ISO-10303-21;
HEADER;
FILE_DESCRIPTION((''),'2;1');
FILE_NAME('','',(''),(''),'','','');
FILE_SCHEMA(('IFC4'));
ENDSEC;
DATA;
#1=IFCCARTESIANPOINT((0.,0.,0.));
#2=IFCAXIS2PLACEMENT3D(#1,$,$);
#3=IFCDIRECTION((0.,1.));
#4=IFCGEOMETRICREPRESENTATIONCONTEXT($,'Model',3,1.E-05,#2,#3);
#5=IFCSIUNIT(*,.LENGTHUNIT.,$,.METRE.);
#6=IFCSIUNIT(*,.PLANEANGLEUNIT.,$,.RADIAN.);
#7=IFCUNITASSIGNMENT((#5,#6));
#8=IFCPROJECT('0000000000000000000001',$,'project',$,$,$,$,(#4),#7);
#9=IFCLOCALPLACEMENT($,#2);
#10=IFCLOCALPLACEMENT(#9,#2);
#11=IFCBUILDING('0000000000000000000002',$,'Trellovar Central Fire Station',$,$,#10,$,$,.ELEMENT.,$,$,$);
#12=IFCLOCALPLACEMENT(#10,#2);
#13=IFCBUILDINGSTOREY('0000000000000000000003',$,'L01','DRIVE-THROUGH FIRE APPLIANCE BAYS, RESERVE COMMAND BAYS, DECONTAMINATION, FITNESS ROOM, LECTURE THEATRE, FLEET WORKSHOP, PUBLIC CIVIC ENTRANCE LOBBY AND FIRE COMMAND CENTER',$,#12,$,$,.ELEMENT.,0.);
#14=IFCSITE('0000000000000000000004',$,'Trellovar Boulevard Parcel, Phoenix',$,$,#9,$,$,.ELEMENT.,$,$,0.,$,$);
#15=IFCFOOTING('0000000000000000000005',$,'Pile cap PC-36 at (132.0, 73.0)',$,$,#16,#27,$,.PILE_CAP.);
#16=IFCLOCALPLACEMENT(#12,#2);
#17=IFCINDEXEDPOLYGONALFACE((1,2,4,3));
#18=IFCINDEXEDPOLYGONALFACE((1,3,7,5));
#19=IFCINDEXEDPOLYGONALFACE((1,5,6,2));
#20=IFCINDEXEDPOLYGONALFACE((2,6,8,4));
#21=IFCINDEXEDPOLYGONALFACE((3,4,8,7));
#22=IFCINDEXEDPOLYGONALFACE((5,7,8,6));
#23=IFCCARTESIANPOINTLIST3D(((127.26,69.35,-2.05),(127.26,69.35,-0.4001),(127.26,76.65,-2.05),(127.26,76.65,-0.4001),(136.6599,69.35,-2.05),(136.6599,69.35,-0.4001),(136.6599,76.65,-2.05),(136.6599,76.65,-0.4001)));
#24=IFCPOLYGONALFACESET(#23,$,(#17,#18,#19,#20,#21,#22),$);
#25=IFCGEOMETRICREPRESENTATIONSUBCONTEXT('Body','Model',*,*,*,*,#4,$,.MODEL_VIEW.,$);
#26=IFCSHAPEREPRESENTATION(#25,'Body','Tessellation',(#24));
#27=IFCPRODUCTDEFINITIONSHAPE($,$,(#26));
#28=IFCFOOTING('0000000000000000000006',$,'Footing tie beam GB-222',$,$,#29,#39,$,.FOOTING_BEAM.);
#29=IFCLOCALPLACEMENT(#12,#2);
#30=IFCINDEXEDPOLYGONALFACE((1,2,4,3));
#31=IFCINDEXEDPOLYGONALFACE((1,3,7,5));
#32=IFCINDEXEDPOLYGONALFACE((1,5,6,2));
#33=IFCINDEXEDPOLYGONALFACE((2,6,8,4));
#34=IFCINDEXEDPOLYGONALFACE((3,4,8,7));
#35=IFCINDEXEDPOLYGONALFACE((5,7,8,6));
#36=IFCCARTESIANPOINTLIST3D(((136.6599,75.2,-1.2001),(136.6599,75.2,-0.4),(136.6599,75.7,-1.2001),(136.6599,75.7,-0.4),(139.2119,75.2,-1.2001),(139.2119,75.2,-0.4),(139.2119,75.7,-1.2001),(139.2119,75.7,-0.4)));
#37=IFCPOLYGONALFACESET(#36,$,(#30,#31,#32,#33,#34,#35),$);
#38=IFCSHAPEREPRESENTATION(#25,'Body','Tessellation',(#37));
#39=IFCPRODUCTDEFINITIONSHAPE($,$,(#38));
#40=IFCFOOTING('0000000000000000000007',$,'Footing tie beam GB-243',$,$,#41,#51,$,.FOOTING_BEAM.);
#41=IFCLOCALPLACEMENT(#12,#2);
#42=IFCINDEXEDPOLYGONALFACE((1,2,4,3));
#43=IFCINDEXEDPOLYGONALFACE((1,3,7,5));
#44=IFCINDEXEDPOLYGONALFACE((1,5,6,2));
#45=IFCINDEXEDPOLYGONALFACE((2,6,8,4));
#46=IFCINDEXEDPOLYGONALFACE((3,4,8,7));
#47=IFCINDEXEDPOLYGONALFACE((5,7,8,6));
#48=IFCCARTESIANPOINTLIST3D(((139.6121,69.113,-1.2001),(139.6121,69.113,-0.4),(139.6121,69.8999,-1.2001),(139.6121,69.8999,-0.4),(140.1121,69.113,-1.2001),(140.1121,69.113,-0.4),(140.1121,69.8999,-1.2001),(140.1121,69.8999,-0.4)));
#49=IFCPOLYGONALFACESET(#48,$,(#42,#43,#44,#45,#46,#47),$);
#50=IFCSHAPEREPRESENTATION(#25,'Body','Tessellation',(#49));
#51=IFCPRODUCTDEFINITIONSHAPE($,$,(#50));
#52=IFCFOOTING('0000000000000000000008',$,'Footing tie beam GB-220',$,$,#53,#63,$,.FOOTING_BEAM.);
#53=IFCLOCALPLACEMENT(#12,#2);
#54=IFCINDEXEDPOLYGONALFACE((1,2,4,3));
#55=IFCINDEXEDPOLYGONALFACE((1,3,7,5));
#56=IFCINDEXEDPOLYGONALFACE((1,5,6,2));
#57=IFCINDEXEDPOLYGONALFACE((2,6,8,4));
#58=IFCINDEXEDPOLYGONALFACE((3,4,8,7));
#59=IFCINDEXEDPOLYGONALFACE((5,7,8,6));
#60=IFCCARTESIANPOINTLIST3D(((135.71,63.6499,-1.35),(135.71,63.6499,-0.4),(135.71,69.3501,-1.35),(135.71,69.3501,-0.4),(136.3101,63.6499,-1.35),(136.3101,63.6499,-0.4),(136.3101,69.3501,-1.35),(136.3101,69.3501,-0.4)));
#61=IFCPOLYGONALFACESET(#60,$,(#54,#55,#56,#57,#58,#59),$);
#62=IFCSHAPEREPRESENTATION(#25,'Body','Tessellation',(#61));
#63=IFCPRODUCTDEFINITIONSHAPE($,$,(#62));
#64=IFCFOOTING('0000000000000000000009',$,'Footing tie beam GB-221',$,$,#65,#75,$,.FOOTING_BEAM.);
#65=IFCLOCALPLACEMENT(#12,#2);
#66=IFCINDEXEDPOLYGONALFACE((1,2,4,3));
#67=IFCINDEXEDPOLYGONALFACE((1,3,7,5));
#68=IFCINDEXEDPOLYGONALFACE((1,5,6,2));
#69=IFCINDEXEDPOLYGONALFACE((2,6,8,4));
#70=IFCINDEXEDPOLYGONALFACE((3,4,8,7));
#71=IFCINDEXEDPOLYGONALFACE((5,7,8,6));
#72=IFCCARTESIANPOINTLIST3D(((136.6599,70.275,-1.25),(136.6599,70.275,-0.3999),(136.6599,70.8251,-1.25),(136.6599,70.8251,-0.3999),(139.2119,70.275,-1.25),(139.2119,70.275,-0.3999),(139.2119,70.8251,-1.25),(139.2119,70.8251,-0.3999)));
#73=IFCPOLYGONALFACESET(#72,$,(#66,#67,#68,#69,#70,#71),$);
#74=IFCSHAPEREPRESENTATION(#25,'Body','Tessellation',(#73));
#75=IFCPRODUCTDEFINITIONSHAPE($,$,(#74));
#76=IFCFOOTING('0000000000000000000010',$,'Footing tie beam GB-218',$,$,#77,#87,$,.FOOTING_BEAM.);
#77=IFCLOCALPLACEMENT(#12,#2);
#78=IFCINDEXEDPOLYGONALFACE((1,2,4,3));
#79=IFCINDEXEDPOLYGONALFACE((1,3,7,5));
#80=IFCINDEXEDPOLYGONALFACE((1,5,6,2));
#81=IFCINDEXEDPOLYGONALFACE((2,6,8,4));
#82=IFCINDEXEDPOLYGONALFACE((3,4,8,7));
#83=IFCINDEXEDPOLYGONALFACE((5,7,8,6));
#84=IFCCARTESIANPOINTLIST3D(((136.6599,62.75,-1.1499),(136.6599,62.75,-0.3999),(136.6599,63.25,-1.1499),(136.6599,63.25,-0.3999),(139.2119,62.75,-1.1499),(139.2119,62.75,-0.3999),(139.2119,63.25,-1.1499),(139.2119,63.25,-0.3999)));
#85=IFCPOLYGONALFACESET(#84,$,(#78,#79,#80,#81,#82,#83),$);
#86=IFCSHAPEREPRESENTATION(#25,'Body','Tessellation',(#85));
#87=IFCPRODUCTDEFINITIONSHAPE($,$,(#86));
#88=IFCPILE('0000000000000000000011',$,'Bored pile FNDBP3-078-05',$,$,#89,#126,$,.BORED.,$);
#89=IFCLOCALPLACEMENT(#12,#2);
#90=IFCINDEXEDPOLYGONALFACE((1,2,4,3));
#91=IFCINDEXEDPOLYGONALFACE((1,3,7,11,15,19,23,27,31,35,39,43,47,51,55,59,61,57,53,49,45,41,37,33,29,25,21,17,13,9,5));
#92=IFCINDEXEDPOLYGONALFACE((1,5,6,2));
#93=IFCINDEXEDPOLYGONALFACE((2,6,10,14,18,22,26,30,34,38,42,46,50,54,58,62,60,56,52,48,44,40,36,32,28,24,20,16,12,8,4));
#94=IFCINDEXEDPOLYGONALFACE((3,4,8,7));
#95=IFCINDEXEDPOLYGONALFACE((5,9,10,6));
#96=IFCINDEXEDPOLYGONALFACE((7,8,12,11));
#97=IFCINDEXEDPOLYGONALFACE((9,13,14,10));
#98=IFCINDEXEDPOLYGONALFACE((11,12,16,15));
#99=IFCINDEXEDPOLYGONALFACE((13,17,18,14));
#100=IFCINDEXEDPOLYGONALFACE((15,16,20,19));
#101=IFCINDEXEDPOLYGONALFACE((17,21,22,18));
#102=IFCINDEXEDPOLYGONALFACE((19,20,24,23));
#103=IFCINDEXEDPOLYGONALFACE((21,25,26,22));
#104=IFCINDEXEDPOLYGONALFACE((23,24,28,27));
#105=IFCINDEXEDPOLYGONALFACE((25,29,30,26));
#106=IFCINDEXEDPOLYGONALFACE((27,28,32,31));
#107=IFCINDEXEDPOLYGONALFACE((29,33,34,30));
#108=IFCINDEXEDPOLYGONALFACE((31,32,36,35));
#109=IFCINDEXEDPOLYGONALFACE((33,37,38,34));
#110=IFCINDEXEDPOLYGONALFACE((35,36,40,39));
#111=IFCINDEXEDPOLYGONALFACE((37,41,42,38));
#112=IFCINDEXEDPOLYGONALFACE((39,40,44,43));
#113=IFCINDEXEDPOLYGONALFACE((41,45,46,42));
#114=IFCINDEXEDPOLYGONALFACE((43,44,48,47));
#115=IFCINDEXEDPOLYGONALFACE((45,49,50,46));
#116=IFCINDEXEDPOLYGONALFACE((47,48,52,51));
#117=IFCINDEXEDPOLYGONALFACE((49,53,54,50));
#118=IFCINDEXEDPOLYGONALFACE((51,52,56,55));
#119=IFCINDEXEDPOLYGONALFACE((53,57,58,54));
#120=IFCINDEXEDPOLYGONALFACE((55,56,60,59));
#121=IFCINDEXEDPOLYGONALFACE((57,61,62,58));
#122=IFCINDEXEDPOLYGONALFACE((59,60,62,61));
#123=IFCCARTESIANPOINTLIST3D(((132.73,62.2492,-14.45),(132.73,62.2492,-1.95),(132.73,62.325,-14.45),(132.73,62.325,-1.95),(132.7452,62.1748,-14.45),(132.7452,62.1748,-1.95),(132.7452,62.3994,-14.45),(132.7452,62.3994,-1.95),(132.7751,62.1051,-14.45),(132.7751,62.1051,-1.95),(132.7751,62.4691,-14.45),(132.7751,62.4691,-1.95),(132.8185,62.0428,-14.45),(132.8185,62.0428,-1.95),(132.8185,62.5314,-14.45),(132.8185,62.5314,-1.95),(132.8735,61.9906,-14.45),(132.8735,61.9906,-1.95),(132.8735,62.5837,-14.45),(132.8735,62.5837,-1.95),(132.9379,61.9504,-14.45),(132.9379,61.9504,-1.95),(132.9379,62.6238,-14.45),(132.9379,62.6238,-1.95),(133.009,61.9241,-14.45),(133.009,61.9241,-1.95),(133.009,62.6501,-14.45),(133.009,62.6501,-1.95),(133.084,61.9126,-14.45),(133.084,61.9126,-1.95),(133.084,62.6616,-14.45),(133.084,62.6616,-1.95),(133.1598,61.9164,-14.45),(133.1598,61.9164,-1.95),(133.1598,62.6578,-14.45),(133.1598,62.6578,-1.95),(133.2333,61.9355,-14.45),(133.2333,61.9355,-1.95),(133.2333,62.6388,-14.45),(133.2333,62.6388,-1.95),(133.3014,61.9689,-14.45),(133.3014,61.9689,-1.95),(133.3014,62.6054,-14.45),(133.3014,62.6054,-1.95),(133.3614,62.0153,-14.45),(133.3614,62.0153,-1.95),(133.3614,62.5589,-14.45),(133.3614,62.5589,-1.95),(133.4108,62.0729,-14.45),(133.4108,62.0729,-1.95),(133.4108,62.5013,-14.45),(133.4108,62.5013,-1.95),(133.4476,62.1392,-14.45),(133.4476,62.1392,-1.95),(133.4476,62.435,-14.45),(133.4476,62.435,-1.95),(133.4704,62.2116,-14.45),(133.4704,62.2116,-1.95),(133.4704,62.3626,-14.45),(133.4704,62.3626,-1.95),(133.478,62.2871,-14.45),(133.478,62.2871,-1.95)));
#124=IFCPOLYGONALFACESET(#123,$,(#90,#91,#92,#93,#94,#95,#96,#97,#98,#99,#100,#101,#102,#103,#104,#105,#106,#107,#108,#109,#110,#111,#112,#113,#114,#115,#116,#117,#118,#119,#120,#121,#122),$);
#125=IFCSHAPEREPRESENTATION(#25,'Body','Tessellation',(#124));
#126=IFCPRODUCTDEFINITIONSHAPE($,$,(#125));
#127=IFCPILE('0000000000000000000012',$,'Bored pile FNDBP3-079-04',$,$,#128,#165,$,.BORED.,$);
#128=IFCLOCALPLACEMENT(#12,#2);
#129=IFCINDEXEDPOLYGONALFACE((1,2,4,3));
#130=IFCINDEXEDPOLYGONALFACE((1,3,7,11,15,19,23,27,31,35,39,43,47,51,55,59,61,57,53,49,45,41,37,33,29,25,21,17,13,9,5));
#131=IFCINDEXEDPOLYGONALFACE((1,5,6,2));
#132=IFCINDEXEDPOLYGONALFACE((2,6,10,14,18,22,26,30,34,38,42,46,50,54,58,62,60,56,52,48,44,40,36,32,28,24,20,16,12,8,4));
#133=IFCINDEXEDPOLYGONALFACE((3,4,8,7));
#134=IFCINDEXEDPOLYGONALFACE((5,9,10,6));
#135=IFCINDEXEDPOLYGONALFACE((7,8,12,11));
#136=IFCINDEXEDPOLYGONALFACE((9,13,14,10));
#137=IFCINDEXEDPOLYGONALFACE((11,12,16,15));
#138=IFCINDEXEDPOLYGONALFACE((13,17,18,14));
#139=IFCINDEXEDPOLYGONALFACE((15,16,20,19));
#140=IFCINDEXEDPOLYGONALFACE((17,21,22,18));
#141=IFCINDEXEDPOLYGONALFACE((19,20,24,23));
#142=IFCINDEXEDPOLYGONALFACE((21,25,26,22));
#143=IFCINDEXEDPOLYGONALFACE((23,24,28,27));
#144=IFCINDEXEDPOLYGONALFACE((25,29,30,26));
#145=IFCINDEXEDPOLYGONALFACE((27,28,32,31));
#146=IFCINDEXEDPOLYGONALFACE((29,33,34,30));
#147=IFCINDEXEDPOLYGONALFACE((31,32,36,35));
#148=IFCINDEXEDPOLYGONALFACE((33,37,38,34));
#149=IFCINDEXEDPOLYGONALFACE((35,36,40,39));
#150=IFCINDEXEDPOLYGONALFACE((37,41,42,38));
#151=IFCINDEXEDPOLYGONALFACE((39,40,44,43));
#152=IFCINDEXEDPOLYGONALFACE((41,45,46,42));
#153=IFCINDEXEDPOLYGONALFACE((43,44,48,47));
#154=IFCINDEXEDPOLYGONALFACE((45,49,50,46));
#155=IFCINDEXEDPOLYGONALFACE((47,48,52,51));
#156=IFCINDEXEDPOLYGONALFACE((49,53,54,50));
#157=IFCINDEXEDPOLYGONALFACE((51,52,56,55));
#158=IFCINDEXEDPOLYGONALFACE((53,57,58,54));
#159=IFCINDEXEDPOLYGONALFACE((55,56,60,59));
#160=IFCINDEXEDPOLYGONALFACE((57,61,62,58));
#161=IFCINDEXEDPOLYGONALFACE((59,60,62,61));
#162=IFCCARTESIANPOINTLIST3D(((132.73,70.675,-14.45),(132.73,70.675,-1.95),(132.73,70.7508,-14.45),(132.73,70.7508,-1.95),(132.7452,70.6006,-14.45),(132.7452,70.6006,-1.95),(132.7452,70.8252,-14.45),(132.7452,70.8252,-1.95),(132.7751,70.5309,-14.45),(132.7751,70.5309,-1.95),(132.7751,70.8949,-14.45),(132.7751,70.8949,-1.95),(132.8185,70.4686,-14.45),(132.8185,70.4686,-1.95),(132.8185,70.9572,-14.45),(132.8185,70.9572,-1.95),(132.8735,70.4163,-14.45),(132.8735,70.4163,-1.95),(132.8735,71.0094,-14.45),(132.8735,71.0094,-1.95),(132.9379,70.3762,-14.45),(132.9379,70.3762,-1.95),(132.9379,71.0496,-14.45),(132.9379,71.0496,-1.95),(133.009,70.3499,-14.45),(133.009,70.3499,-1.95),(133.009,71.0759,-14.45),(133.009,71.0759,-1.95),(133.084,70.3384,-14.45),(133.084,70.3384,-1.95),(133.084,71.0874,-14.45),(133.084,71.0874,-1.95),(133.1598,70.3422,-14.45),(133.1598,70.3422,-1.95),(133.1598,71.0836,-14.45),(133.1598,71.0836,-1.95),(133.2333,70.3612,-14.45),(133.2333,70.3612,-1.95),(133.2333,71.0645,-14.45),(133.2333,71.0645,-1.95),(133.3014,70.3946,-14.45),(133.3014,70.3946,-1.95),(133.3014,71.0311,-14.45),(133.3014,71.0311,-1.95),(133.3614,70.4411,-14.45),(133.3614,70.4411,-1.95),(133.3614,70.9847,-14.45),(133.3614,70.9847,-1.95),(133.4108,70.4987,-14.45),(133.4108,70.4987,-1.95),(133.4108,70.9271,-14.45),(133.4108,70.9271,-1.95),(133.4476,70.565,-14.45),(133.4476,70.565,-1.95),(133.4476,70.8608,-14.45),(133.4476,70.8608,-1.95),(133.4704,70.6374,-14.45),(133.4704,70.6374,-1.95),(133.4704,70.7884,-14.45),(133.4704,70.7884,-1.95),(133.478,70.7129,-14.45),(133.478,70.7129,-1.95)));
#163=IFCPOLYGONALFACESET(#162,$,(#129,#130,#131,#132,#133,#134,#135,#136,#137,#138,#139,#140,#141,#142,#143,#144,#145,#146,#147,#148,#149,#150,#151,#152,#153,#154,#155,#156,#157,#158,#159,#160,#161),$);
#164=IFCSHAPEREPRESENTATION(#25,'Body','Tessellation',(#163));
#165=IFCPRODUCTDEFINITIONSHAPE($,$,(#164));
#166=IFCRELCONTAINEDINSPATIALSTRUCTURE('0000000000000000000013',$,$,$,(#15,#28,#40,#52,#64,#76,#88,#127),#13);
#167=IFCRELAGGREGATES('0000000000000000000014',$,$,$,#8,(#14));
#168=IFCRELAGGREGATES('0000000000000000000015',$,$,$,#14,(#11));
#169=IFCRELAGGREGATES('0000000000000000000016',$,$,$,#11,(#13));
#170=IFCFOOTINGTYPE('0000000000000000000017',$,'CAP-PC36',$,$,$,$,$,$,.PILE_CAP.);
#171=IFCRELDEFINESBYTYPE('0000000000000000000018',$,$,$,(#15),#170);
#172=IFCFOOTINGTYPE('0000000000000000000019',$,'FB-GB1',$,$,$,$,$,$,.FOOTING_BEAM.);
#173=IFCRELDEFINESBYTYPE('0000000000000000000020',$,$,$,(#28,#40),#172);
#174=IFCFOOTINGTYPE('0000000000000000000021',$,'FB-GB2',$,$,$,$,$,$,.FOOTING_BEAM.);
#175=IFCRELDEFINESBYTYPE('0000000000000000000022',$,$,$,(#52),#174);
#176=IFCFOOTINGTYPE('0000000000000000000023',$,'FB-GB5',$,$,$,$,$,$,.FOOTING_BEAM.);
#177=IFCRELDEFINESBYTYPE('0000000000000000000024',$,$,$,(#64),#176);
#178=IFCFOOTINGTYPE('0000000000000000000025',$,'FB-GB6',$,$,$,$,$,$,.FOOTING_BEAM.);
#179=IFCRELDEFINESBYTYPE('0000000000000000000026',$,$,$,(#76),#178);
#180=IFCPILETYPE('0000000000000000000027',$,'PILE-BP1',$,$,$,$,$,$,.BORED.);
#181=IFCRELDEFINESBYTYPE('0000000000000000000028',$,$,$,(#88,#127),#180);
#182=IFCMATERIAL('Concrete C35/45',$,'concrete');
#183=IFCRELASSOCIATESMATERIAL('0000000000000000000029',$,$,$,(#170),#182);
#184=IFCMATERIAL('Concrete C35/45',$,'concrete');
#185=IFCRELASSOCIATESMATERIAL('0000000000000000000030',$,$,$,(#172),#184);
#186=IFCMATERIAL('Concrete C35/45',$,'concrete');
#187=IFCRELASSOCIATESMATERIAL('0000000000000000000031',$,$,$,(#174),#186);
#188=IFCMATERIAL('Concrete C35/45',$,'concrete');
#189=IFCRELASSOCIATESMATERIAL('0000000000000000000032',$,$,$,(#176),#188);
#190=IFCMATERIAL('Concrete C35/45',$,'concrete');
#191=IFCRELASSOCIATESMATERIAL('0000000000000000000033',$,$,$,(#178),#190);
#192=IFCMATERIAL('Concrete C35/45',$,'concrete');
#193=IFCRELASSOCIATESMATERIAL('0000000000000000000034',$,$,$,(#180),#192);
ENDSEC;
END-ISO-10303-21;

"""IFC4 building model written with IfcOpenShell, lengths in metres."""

from ifc_helpers import new_model, si_unit, direction, frame, origin, origin_2d, place, context, subcontext, project, spatial, rectangle, circle, extrude, material, material_profile, profile_set, type_object, element, save


model = new_model("IFC4")

# Units and contexts
model_context = context("Model", 3, precision=1e-05, world=origin(), true_north=direction((0.0, 1.0)))
body_context = subcontext(model_context, "Body", "Model", "MODEL_VIEW")
ifc_project = project(units=[si_unit("LENGTHUNIT", "METRE"), si_unit("PLANEANGLEUNIT", "RADIAN")], contexts=[model_context])

# Site, building, storey
site_placement = place(None, origin())
site = spatial("IfcSite", under=ifc_project, at=site_placement, Name="Trellovar Boulevard Parcel, Phoenix", CompositionType="ELEMENT", RefElevation=0.0)
building_placement = place(site_placement, origin())
building = spatial("IfcBuilding", under=site, at=building_placement, Name="Trellovar Central Fire Station", CompositionType="ELEMENT")
storey_placement = place(building_placement, origin())
storey = spatial("IfcBuildingStorey", under=building, at=storey_placement, Name="L01", Description="DRIVE-THROUGH FIRE APPLIANCE BAYS, RESERVE COMMAND BAYS, DECONTAMINATION, FITNESS ROOM, LECTURE THEATRE, FLEET WORKSHOP, PUBLIC CIVIC ENTRANCE LOBBY AND FIRE COMMAND CENTER", CompositionType="ELEMENT", Elevation=0.0)

# Footings
ifc_material_1 = material(Name="Concrete C35/45", Category="concrete")
footing_type_1 = type_object("IfcFootingType", Name="CAP-PC36", PredefinedType="PILE_CAP", material=ifc_material_1)
footing_1_placement = place(storey_placement, frame((131.96, 73.0, -2.05), z_axis=(0.0, 0.0, 1.0), x_axis=(1.0, 0.0, 0.0)))
element("IfcFooting", 1, at=footing_1_placement, inside=storey, type_object=footing_type_1, Name="Pile cap PC-36 at (132.0, 73.0)", PredefinedType="PILE_CAP", context=body_context, shape_type="SweptSolid", body=[
    extrude(rectangle(XDim=9.3999, YDim=7.3, at=origin_2d()), origin(), (0.0, 0.0, 1.0), 1.6499),
])
ifc_material_2 = material(Name="Concrete C35/45", Category="concrete")
ifc_material_profile_1 = material_profile(ifc_material_2, rectangle(XDim=0.5, YDim=0.8, at=origin_2d()), Name="RC500X800")
ifc_profile_set_1 = profile_set([ifc_material_profile_1], Name="Concrete C35/45")
footing_type_2 = type_object("IfcFootingType", Name="FB-GB1", PredefinedType="FOOTING_BEAM", material=ifc_profile_set_1)
footing_2_placement = place(storey_placement, frame((136.6599, 75.45, -0.8), z_axis=(1.0, 0.0, 0.0), x_axis=(0.0, 1.0, 0.0)))
element("IfcFooting", 2, at=footing_2_placement, inside=storey, type_object=footing_type_2, Name="Footing tie beam GB-222", PredefinedType="FOOTING_BEAM", context=body_context, shape_type="SweptSolid", body=[
    extrude(rectangle(XDim=0.5, YDim=0.8, at=origin_2d()), origin(), (0.0, 0.0, 1.0), 2.552),
])
footing_3_placement = place(storey_placement, frame((139.8621, 69.113, -0.8), z_axis=(0.0, 1.0, 0.0), x_axis=(-1.0, 0.0, 0.0)))
element("IfcFooting", 3, at=footing_3_placement, inside=storey, type_object=footing_type_2, Name="Footing tie beam GB-243", PredefinedType="FOOTING_BEAM", context=body_context, shape_type="SweptSolid", body=[
    extrude(rectangle(XDim=0.5, YDim=0.8, at=origin_2d()), origin(), (0.0, 0.0, 1.0), 0.7869),
])
ifc_material_3 = material(Name="Concrete C35/45", Category="concrete")
ifc_material_profile_2 = material_profile(ifc_material_3, rectangle(XDim=0.6001, YDim=0.95, at=origin_2d()), Name="RC600X950")
ifc_profile_set_2 = profile_set([ifc_material_profile_2], Name="Concrete C35/45")
footing_type_3 = type_object("IfcFootingType", Name="FB-GB2", PredefinedType="FOOTING_BEAM", material=ifc_profile_set_2)
footing_4_placement = place(storey_placement, frame((136.01, 63.6499, -0.875), z_axis=(0.0, 1.0, 0.0), x_axis=(-1.0, 0.0, 0.0)))
element("IfcFooting", 4, at=footing_4_placement, inside=storey, type_object=footing_type_3, Name="Footing tie beam GB-220", PredefinedType="FOOTING_BEAM", context=body_context, shape_type="SweptSolid", body=[
    extrude(rectangle(XDim=0.6001, YDim=0.95, at=origin_2d()), origin(), (0.0, 0.0, 1.0), 5.7002),
])
ifc_material_4 = material(Name="Concrete C35/45", Category="concrete")
ifc_material_profile_3 = material_profile(ifc_material_4, rectangle(XDim=0.55, YDim=0.8501, at=origin_2d()), Name="RC550X850")
ifc_profile_set_3 = profile_set([ifc_material_profile_3], Name="Concrete C35/45")
footing_type_4 = type_object("IfcFootingType", Name="FB-GB5", PredefinedType="FOOTING_BEAM", material=ifc_profile_set_3)
footing_5_placement = place(storey_placement, frame((136.6599, 70.55, -0.825), z_axis=(1.0, 0.0, 0.0), x_axis=(0.0, 1.0, 0.0)))
element("IfcFooting", 5, at=footing_5_placement, inside=storey, type_object=footing_type_4, Name="Footing tie beam GB-221", PredefinedType="FOOTING_BEAM", context=body_context, shape_type="SweptSolid", body=[
    extrude(rectangle(XDim=0.55, YDim=0.8501, at=origin_2d()), origin(), (0.0, 0.0, 1.0), 2.552),
])
ifc_material_5 = material(Name="Concrete C35/45", Category="concrete")
ifc_material_profile_4 = material_profile(ifc_material_5, rectangle(XDim=0.5, YDim=0.75, at=origin_2d()), Name="RC500X750")
ifc_profile_set_4 = profile_set([ifc_material_profile_4], Name="Concrete C35/45")
footing_type_5 = type_object("IfcFootingType", Name="FB-GB6", PredefinedType="FOOTING_BEAM", material=ifc_profile_set_4)
footing_6_placement = place(storey_placement, frame((136.6599, 63.0, -0.7749), z_axis=(1.0, 0.0, 0.0), x_axis=(0.0, 1.0, 0.0)))
element("IfcFooting", 6, at=footing_6_placement, inside=storey, type_object=footing_type_5, Name="Footing tie beam GB-218", PredefinedType="FOOTING_BEAM", context=body_context, shape_type="SweptSolid", body=[
    extrude(rectangle(XDim=0.5, YDim=0.75, at=origin_2d()), origin(), (0.0, 0.0, 1.0), 2.552),
])

# Piles
ifc_material_6 = material(Name="Concrete C35/45", Category="concrete")
ifc_material_profile_5 = material_profile(ifc_material_6, circle(Radius=0.375, at=origin_2d()), Name="PILE750")
ifc_profile_set_5 = profile_set([ifc_material_profile_5], Name="Concrete C35/45")
pile_type = type_object("IfcPileType", Name="PILE-BP1", PredefinedType="BORED", material=ifc_profile_set_5)
for number, where, z_axis, x_axis, name in (
    (7, (133.103, 62.2871, -1.95), (0.0, 0.0, -1.0), (1.0, 0.0, 0.0), "Bored pile FNDBP3-078-05"),
    (8, (133.103, 70.7129, -1.95), (0.0, 0.0, -1.0), (1.0, 0.0, 0.0), "Bored pile FNDBP3-079-04"),
):
    element("IfcPile", number, at=place(storey_placement, frame(where, z_axis=z_axis, x_axis=x_axis)), inside=storey, type_object=pile_type, Name=name, PredefinedType="BORED", context=body_context, shape_type="SweptSolid", body=[
        extrude(circle(Radius=0.375, at=origin_2d()), origin(), (0.0, 0.0, 1.0), 12.5),
    ])

save(model, "model.ifc")
